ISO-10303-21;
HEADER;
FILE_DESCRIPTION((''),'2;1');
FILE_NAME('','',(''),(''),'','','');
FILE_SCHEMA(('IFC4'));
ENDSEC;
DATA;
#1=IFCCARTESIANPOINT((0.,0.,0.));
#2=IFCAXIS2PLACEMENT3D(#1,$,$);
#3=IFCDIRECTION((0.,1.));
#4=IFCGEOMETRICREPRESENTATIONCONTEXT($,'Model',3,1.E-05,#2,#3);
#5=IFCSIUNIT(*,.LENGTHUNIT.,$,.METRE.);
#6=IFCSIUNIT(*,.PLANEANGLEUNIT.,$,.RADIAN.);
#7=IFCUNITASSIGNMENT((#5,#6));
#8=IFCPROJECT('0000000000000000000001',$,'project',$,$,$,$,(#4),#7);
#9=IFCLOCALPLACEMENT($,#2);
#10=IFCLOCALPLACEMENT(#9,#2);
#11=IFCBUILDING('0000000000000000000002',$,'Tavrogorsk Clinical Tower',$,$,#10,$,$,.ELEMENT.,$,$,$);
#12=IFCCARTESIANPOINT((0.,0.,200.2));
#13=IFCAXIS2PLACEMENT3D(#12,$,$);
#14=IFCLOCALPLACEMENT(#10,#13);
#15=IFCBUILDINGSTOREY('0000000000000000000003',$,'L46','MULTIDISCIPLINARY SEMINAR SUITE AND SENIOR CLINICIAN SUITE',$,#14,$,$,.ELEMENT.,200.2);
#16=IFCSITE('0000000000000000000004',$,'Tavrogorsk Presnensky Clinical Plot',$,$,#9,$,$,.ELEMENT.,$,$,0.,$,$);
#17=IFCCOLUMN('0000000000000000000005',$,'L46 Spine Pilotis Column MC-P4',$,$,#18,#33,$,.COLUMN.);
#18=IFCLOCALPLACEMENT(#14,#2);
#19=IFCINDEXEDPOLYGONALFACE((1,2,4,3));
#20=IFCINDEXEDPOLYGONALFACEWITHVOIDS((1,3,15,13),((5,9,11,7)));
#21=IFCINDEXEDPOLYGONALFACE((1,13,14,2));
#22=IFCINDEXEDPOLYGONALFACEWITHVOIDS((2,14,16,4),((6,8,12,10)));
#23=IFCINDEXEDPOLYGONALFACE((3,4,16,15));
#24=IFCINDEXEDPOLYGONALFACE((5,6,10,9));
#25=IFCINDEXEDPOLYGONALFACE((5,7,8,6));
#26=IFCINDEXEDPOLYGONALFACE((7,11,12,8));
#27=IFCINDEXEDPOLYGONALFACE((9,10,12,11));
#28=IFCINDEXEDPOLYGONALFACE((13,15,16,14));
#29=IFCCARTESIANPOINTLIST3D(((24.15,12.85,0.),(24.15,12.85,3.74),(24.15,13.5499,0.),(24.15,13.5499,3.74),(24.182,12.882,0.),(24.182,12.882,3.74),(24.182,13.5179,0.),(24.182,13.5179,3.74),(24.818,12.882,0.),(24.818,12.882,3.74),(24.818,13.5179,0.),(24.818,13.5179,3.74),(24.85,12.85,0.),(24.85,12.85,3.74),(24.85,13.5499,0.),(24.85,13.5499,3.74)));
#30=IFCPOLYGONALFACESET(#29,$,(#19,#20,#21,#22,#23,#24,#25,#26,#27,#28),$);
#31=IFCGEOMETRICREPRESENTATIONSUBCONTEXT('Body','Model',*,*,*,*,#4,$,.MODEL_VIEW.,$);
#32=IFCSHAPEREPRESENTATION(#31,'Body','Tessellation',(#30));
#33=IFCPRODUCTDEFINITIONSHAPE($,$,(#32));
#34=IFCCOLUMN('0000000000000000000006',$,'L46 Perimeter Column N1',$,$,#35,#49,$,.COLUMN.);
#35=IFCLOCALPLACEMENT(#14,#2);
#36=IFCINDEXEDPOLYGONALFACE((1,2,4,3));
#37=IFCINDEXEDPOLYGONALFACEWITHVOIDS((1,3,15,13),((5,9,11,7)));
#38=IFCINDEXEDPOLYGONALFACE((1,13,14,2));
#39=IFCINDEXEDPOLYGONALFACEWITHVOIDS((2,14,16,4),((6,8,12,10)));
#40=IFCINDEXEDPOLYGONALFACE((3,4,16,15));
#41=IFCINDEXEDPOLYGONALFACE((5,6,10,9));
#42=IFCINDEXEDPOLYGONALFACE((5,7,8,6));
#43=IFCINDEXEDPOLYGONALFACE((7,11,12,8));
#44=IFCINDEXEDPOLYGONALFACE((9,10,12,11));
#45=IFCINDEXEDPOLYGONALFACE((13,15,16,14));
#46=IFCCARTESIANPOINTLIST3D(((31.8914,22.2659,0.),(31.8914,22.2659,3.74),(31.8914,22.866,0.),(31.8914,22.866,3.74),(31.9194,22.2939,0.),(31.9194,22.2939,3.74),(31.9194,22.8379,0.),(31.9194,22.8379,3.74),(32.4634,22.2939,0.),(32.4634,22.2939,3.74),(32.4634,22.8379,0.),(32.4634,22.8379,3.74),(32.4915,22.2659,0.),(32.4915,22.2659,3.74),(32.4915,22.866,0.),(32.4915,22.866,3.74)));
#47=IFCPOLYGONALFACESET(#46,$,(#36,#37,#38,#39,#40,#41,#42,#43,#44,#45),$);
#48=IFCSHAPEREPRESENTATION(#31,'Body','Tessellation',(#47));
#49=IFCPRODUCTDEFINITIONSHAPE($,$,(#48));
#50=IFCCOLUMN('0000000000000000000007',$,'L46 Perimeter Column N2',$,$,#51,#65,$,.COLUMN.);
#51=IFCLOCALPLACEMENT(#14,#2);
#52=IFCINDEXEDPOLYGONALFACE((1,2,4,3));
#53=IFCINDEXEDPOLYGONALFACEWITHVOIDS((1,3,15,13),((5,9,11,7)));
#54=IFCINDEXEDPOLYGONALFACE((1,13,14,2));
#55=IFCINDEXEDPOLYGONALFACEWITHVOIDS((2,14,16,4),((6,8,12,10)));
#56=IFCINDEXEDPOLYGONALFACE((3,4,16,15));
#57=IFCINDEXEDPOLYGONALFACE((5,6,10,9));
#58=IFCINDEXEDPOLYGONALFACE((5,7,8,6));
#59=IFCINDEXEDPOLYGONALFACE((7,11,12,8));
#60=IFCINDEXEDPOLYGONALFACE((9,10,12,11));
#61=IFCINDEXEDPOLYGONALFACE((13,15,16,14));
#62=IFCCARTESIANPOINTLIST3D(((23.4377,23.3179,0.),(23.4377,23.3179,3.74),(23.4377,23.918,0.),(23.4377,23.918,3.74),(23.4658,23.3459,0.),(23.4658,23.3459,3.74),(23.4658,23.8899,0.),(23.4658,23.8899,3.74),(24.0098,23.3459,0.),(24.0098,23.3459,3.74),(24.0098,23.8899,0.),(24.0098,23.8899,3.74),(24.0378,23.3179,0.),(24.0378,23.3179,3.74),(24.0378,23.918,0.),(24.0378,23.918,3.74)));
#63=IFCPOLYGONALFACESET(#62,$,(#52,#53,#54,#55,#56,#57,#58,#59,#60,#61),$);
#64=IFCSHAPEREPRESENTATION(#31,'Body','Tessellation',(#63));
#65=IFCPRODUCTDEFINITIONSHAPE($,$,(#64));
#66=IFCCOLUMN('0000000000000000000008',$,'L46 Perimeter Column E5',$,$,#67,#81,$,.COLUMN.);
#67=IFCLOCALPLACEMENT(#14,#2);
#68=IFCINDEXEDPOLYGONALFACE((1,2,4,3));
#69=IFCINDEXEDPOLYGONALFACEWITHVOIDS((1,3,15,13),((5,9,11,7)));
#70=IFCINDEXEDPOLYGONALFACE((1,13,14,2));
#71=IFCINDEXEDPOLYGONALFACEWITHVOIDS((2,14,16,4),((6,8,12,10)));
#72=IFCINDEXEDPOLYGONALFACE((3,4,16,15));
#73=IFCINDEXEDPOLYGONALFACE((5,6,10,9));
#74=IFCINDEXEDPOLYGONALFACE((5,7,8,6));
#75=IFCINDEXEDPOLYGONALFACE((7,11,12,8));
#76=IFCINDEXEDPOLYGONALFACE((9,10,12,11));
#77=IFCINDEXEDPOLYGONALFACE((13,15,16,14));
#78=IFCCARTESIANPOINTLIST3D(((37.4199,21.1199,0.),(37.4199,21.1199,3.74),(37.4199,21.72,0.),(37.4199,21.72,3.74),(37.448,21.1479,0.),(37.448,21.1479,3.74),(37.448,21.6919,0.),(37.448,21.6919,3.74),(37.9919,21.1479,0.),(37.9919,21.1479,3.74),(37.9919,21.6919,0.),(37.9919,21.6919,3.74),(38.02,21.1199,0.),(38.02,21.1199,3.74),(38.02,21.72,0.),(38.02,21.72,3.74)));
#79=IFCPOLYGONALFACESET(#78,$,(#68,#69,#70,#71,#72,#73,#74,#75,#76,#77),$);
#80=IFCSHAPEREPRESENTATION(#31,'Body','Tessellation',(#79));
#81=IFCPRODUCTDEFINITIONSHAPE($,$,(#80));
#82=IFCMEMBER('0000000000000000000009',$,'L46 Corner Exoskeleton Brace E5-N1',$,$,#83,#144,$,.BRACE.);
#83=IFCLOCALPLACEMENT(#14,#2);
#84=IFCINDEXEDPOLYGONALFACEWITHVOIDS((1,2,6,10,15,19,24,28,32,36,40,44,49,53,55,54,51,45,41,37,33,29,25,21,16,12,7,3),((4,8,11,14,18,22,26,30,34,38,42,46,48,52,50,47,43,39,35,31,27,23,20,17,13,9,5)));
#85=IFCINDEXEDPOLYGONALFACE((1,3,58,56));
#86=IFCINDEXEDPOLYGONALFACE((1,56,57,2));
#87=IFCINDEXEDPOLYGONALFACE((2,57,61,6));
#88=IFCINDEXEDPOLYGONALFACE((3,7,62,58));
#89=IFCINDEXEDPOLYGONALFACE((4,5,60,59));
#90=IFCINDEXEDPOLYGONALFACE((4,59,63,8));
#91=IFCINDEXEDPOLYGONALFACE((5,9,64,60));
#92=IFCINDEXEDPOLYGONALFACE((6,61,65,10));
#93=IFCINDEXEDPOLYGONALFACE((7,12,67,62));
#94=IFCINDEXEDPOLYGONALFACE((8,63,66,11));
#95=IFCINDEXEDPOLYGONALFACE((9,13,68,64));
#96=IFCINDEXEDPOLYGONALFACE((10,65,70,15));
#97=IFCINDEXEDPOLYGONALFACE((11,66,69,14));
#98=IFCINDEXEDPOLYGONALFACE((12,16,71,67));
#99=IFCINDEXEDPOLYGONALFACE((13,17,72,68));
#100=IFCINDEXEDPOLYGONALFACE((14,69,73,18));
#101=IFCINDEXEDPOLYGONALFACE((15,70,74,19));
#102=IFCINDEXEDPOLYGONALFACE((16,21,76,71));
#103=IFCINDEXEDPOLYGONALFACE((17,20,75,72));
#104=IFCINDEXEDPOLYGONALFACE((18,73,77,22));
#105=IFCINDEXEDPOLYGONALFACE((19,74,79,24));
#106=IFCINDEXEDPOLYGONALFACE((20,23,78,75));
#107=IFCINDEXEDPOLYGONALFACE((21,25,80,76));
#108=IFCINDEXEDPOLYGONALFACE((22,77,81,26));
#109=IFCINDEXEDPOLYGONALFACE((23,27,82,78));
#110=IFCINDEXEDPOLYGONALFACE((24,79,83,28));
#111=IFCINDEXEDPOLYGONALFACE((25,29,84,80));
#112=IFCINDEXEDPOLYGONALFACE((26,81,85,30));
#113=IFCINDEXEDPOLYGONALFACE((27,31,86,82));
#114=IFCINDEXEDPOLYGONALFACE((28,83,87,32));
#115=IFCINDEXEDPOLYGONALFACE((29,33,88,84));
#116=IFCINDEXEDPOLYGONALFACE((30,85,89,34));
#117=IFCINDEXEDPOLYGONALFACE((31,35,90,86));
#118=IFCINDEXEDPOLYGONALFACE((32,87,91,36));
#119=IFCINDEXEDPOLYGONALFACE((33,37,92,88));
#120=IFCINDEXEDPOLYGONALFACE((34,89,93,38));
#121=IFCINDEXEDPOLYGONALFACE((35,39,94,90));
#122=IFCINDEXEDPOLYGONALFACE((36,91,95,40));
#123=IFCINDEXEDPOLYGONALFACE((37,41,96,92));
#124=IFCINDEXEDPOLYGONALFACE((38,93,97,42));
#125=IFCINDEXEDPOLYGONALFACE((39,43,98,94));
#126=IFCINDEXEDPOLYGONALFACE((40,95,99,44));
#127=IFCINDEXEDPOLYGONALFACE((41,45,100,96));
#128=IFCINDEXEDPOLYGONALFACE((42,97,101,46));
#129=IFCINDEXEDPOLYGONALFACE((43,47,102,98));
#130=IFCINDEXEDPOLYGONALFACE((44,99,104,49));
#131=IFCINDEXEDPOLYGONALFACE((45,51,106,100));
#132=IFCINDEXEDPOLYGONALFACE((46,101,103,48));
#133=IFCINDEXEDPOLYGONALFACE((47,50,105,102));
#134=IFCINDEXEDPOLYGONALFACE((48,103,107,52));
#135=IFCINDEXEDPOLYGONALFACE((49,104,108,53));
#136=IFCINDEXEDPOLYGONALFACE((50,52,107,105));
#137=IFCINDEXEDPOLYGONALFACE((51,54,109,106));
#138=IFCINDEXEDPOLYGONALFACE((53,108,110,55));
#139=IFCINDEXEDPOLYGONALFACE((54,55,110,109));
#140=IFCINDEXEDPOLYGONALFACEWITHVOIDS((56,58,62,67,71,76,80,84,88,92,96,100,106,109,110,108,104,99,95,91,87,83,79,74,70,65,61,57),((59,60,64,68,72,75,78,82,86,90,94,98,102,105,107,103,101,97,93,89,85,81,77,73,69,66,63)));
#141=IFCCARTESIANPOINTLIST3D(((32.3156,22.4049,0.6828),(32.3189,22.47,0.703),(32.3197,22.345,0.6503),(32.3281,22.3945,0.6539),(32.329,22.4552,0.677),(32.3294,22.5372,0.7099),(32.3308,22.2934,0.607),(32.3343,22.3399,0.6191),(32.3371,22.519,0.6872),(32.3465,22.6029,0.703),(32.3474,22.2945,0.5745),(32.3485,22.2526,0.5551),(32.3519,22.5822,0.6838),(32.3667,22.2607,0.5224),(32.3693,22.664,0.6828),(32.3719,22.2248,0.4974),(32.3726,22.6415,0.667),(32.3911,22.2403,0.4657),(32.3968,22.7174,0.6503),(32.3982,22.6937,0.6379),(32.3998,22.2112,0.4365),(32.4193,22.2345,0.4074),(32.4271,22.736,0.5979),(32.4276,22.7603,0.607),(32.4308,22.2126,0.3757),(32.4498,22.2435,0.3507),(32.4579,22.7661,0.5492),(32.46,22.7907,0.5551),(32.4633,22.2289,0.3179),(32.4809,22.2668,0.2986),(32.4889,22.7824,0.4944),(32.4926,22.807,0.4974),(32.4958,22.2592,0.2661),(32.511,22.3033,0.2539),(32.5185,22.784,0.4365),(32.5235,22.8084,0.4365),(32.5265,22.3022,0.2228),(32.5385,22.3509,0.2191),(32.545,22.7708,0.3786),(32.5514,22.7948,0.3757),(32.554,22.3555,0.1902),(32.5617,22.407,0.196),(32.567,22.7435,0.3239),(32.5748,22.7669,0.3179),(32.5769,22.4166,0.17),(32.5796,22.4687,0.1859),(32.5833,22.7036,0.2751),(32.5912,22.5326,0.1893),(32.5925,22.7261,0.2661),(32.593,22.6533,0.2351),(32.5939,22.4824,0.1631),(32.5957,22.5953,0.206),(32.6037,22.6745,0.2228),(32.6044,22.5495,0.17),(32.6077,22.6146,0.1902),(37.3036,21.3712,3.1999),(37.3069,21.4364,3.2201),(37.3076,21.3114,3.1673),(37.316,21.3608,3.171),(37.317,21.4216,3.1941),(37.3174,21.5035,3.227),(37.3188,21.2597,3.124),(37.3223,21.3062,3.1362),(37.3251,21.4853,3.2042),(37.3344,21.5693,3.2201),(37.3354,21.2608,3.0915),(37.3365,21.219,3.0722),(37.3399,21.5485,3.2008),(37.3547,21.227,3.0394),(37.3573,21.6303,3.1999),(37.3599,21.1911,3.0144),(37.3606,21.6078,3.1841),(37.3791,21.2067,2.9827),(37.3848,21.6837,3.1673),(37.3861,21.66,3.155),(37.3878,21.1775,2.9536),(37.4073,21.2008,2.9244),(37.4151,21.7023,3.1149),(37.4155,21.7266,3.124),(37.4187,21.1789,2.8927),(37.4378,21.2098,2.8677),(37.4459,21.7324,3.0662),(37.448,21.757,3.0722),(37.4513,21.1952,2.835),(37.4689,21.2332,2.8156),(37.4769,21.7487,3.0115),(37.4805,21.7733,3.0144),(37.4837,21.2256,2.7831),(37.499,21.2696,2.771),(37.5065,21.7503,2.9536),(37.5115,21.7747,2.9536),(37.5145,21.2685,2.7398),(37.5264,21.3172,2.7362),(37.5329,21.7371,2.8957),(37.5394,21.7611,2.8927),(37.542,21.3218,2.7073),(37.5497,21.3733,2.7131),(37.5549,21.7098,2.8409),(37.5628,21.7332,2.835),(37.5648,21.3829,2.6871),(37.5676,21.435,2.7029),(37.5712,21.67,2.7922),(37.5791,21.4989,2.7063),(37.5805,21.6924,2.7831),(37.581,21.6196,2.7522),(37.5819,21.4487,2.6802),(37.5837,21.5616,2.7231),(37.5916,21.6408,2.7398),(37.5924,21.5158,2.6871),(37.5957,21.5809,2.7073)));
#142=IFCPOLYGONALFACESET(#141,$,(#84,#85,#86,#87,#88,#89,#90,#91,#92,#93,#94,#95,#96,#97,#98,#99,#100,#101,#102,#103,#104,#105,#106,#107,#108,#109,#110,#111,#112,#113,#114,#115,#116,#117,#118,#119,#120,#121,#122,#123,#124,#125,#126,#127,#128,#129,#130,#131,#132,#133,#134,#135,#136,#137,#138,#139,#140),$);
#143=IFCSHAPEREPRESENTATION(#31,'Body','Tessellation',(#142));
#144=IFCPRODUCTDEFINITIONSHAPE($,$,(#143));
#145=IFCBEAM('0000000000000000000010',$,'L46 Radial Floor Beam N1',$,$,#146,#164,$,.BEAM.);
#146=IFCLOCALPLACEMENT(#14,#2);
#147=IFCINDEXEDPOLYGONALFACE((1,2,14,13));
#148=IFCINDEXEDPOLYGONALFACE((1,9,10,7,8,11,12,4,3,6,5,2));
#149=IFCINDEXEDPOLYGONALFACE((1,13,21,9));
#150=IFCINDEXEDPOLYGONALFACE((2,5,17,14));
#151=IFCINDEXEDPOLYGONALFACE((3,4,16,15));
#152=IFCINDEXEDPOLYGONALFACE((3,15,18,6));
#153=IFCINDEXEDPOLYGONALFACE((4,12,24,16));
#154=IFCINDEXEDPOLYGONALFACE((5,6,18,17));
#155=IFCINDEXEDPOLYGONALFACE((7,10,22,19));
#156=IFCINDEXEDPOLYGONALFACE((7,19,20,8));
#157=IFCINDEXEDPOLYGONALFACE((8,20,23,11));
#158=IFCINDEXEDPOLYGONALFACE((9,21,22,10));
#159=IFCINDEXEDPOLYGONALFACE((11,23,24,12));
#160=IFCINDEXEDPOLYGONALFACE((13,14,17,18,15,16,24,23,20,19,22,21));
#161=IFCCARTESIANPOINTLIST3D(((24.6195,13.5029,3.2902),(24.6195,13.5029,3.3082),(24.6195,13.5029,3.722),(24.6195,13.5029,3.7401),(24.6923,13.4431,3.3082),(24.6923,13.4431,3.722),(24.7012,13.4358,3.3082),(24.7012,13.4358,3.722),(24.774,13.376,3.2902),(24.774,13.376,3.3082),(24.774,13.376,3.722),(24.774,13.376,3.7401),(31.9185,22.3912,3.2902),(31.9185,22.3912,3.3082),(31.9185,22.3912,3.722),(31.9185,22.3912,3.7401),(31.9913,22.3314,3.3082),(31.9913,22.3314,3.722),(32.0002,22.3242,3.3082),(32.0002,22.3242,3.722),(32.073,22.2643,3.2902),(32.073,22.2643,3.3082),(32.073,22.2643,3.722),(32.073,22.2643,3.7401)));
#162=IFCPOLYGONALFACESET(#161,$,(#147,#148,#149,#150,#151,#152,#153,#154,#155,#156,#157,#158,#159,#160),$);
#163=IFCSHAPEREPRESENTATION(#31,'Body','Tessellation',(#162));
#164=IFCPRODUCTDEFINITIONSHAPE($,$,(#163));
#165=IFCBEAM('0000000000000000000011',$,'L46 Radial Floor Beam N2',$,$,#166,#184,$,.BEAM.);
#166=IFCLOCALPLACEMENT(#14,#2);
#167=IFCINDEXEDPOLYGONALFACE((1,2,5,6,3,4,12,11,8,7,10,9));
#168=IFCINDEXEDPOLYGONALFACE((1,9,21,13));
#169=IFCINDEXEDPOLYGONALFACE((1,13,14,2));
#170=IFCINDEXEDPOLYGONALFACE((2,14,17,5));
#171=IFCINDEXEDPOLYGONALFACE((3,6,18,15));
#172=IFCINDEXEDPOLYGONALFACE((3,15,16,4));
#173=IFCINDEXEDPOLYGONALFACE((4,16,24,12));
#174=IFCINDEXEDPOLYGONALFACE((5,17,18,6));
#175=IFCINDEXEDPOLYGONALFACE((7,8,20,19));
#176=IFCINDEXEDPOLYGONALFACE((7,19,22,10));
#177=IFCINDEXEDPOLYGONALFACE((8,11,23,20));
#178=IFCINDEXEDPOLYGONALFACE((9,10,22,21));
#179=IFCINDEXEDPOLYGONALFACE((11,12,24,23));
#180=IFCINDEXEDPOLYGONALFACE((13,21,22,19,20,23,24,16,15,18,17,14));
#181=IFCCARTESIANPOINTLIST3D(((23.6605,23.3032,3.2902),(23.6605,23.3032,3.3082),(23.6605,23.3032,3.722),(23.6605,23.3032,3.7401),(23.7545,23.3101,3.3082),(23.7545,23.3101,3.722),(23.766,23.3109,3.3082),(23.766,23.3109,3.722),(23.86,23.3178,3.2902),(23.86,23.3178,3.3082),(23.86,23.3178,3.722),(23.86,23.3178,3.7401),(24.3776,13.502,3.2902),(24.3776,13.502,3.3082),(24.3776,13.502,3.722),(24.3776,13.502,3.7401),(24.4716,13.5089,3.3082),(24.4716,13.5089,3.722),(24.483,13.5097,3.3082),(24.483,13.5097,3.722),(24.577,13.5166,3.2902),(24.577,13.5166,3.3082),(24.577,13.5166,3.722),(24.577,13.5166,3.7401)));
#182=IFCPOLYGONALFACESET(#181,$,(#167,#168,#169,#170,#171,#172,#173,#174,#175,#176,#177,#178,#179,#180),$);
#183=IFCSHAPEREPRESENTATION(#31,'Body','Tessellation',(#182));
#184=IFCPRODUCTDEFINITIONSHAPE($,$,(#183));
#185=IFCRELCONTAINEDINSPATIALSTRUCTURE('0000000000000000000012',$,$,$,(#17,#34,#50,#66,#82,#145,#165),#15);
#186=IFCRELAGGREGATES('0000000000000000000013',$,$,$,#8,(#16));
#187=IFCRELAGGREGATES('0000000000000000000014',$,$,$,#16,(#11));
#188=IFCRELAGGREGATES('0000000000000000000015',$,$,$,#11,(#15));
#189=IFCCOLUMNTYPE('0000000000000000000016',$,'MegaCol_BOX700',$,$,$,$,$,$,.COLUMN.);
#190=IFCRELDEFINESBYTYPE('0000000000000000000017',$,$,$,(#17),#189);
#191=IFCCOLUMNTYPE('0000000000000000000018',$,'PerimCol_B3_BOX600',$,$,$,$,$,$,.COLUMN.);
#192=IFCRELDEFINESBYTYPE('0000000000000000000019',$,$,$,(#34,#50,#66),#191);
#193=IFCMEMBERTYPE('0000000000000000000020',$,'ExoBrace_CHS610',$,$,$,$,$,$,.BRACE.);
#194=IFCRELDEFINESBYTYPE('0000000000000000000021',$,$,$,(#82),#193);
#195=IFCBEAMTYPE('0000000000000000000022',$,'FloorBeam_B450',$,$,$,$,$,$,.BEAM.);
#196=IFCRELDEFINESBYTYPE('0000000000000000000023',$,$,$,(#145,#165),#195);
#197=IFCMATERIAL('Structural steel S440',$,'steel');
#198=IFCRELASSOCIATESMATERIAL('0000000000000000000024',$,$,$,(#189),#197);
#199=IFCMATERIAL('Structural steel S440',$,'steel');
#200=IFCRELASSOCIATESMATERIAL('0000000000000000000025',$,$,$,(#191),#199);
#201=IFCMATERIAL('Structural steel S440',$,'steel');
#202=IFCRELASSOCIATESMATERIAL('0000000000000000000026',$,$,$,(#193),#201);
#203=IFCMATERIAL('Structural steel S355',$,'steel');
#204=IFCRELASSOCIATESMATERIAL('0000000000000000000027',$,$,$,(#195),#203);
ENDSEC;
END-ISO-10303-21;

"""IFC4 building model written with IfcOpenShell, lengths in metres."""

from ifc_helpers import new_model, si_unit, direction, frame, origin, origin_2d, place, context, subcontext, project, spatial, hollow_rectangle, hollow_circle, i_section, extrude, material, material_profile, profile_set, type_object, element, save


model = new_model("IFC4")

# Units and contexts
model_context = context("Model", 3, precision=1e-05, world=origin(), true_north=direction((0.0, 1.0)))
body_context = subcontext(model_context, "Body", "Model", "MODEL_VIEW")
ifc_project = project(units=[si_unit("LENGTHUNIT", "METRE"), si_unit("PLANEANGLEUNIT", "RADIAN")], contexts=[model_context])

# Site, building, storey
site_placement = place(None, origin())
site = spatial("IfcSite", under=ifc_project, at=site_placement, Name="Tavrogorsk Presnensky Clinical Plot", CompositionType="ELEMENT", RefElevation=0.0)
building_placement = place(site_placement, origin())
building = spatial("IfcBuilding", under=site, at=building_placement, Name="Tavrogorsk Clinical Tower", CompositionType="ELEMENT")
storey_placement = place(building_placement, frame((0.0, 0.0, 200.2)))
storey = spatial("IfcBuildingStorey", under=building, at=storey_placement, Name="L46", Description="MULTIDISCIPLINARY SEMINAR SUITE AND SENIOR CLINICIAN SUITE", CompositionType="ELEMENT", Elevation=200.2)

# Columns
ifc_material_1 = material(Name="Structural steel S440", Category="steel")
ifc_material_profile_1 = material_profile(ifc_material_1, hollow_rectangle(XDim=0.7, YDim=0.7, WallThickness=0.032, at=origin_2d()), Name="BOX-700x700x32")
ifc_profile_set_1 = profile_set([ifc_material_profile_1], Name="Structural steel S440")
column_type_1 = type_object("IfcColumnType", Name="MegaCol_BOX700", PredefinedType="COLUMN", material=ifc_profile_set_1)
column_placement = place(storey_placement, frame((24.5, 13.2, 0.0), z_axis=(0.0, 0.0, 1.0), x_axis=(1.0, 0.0, 0.0)))
element("IfcColumn", 1, at=column_placement, inside=storey, type_object=column_type_1, Name="L46 Spine Pilotis Column MC-P4", PredefinedType="COLUMN", context=body_context, shape_type="SweptSolid", body=[
    extrude(hollow_rectangle(XDim=0.7, YDim=0.7, WallThickness=0.032, at=origin_2d()), origin(), (0.0, 0.0, 1.0), 3.74),
])
ifc_material_2 = material(Name="Structural steel S440", Category="steel")
ifc_material_profile_2 = material_profile(ifc_material_2, hollow_rectangle(XDim=0.6001, YDim=0.6001, WallThickness=0.0281, at=origin_2d()), Name="BOX-600x600x28")
ifc_profile_set_2 = profile_set([ifc_material_profile_2], Name="Structural steel S440")
column_type_2 = type_object("IfcColumnType", Name="PerimCol_B3_BOX600", PredefinedType="COLUMN", material=ifc_profile_set_2)
for number, where, z_axis, x_axis, name in (
    (2, (32.1914, 22.5659, 0.0), (0.0, 0.0, 1.0), (1.0, 0.0, 0.0), "L46 Perimeter Column N1"),
    (3, (23.7378, 23.6179, 0.0), (0.0, 0.0, 1.0), (1.0, 0.0, 0.0), "L46 Perimeter Column N2"),
    (4, (37.72, 21.4199, 0.0), (0.0, 0.0, 1.0), (1.0, 0.0, 0.0), "L46 Perimeter Column E5"),
):
    element("IfcColumn", number, at=place(storey_placement, frame(where, z_axis=z_axis, x_axis=x_axis)), inside=storey, type_object=column_type_2, Name=name, PredefinedType="COLUMN", context=body_context, shape_type="SweptSolid", body=[
        extrude(hollow_rectangle(XDim=0.6001, YDim=0.6001, WallThickness=0.0281, at=origin_2d()), origin(), (0.0, 0.0, 1.0), 3.74),
    ])

# Member
ifc_material_3 = material(Name="Structural steel S440", Category="steel")
ifc_material_profile_3 = material_profile(ifc_material_3, hollow_circle(Radius=0.3049, WallThickness=0.0249, at=origin_2d()), Name="CHS-610x25")
ifc_profile_set_3 = profile_set([ifc_material_profile_3], Name="Structural steel S440")
member_type_1 = type_object("IfcMemberType", Name="ExoBrace_CHS610", PredefinedType="BRACE", material=ifc_profile_set_3)
member_1_placement = place(storey_placement, frame((32.4617, 22.5098, 0.4365), z_axis=(0.877871, -0.181925, 0.442996), x_axis=(0.202923, 0.979195, 0.0)))
element("IfcMember", 5, at=member_1_placement, inside=storey, type_object=member_type_1, Name="L46 Corner Exoskeleton Brace E5-N1", PredefinedType="BRACE", context=body_context, shape_type="SweptSolid", body=[
    extrude(hollow_circle(Radius=0.3049, WallThickness=0.0249, at=origin_2d()), origin(), (0.0, 0.0, 1.0), 5.6819),
])

# Beams
ifc_material_4 = material(Name="Structural steel S355", Category="steel")
ifc_material_profile_4 = material_profile(ifc_material_4, i_section(OverallWidth=0.2, OverallDepth=0.45, WebThickness=0.0115, FlangeThickness=0.0181, at=origin_2d()), Name="B-450x200x11.5x18")
ifc_profile_set_4 = profile_set([ifc_material_profile_4], Name="Structural steel S355")
beam_type_1 = type_object("IfcBeamType", Name="FloorBeam_B450", PredefinedType="BEAM", material=ifc_profile_set_4)
beam_1_placement = place(storey_placement, frame((24.6968, 13.4395, 3.5151), z_axis=(0.634629, 0.772817, 0.0), x_axis=(-0.772817, 0.634629, 0.0)))
element("IfcBeam", 6, at=beam_1_placement, inside=storey, type_object=beam_type_1, Name="L46 Radial Floor Beam N1", PredefinedType="BEAM", context=body_context, shape_type="SweptSolid", body=[
    extrude(i_section(OverallWidth=0.2, OverallDepth=0.45, WebThickness=0.0115, FlangeThickness=0.0181, at=origin_2d()), origin(), (0.0, 0.0, 1.0), 11.5012),
])
beam_2_placement = place(storey_placement, frame((24.4773, 13.5093, 3.5151), z_axis=(-0.072963, 0.997335, 0.0), x_axis=(-0.997335, -0.072963, 0.0)))
element("IfcBeam", 7, at=beam_2_placement, inside=storey, type_object=beam_type_1, Name="L46 Radial Floor Beam N2", PredefinedType="BEAM", context=body_context, shape_type="SweptSolid", body=[
    extrude(i_section(OverallWidth=0.2, OverallDepth=0.45, WebThickness=0.0115, FlangeThickness=0.0181, at=origin_2d()), origin(), (0.0, 0.0, 1.0), 9.8274),
])

save(model, "model.ifc")
